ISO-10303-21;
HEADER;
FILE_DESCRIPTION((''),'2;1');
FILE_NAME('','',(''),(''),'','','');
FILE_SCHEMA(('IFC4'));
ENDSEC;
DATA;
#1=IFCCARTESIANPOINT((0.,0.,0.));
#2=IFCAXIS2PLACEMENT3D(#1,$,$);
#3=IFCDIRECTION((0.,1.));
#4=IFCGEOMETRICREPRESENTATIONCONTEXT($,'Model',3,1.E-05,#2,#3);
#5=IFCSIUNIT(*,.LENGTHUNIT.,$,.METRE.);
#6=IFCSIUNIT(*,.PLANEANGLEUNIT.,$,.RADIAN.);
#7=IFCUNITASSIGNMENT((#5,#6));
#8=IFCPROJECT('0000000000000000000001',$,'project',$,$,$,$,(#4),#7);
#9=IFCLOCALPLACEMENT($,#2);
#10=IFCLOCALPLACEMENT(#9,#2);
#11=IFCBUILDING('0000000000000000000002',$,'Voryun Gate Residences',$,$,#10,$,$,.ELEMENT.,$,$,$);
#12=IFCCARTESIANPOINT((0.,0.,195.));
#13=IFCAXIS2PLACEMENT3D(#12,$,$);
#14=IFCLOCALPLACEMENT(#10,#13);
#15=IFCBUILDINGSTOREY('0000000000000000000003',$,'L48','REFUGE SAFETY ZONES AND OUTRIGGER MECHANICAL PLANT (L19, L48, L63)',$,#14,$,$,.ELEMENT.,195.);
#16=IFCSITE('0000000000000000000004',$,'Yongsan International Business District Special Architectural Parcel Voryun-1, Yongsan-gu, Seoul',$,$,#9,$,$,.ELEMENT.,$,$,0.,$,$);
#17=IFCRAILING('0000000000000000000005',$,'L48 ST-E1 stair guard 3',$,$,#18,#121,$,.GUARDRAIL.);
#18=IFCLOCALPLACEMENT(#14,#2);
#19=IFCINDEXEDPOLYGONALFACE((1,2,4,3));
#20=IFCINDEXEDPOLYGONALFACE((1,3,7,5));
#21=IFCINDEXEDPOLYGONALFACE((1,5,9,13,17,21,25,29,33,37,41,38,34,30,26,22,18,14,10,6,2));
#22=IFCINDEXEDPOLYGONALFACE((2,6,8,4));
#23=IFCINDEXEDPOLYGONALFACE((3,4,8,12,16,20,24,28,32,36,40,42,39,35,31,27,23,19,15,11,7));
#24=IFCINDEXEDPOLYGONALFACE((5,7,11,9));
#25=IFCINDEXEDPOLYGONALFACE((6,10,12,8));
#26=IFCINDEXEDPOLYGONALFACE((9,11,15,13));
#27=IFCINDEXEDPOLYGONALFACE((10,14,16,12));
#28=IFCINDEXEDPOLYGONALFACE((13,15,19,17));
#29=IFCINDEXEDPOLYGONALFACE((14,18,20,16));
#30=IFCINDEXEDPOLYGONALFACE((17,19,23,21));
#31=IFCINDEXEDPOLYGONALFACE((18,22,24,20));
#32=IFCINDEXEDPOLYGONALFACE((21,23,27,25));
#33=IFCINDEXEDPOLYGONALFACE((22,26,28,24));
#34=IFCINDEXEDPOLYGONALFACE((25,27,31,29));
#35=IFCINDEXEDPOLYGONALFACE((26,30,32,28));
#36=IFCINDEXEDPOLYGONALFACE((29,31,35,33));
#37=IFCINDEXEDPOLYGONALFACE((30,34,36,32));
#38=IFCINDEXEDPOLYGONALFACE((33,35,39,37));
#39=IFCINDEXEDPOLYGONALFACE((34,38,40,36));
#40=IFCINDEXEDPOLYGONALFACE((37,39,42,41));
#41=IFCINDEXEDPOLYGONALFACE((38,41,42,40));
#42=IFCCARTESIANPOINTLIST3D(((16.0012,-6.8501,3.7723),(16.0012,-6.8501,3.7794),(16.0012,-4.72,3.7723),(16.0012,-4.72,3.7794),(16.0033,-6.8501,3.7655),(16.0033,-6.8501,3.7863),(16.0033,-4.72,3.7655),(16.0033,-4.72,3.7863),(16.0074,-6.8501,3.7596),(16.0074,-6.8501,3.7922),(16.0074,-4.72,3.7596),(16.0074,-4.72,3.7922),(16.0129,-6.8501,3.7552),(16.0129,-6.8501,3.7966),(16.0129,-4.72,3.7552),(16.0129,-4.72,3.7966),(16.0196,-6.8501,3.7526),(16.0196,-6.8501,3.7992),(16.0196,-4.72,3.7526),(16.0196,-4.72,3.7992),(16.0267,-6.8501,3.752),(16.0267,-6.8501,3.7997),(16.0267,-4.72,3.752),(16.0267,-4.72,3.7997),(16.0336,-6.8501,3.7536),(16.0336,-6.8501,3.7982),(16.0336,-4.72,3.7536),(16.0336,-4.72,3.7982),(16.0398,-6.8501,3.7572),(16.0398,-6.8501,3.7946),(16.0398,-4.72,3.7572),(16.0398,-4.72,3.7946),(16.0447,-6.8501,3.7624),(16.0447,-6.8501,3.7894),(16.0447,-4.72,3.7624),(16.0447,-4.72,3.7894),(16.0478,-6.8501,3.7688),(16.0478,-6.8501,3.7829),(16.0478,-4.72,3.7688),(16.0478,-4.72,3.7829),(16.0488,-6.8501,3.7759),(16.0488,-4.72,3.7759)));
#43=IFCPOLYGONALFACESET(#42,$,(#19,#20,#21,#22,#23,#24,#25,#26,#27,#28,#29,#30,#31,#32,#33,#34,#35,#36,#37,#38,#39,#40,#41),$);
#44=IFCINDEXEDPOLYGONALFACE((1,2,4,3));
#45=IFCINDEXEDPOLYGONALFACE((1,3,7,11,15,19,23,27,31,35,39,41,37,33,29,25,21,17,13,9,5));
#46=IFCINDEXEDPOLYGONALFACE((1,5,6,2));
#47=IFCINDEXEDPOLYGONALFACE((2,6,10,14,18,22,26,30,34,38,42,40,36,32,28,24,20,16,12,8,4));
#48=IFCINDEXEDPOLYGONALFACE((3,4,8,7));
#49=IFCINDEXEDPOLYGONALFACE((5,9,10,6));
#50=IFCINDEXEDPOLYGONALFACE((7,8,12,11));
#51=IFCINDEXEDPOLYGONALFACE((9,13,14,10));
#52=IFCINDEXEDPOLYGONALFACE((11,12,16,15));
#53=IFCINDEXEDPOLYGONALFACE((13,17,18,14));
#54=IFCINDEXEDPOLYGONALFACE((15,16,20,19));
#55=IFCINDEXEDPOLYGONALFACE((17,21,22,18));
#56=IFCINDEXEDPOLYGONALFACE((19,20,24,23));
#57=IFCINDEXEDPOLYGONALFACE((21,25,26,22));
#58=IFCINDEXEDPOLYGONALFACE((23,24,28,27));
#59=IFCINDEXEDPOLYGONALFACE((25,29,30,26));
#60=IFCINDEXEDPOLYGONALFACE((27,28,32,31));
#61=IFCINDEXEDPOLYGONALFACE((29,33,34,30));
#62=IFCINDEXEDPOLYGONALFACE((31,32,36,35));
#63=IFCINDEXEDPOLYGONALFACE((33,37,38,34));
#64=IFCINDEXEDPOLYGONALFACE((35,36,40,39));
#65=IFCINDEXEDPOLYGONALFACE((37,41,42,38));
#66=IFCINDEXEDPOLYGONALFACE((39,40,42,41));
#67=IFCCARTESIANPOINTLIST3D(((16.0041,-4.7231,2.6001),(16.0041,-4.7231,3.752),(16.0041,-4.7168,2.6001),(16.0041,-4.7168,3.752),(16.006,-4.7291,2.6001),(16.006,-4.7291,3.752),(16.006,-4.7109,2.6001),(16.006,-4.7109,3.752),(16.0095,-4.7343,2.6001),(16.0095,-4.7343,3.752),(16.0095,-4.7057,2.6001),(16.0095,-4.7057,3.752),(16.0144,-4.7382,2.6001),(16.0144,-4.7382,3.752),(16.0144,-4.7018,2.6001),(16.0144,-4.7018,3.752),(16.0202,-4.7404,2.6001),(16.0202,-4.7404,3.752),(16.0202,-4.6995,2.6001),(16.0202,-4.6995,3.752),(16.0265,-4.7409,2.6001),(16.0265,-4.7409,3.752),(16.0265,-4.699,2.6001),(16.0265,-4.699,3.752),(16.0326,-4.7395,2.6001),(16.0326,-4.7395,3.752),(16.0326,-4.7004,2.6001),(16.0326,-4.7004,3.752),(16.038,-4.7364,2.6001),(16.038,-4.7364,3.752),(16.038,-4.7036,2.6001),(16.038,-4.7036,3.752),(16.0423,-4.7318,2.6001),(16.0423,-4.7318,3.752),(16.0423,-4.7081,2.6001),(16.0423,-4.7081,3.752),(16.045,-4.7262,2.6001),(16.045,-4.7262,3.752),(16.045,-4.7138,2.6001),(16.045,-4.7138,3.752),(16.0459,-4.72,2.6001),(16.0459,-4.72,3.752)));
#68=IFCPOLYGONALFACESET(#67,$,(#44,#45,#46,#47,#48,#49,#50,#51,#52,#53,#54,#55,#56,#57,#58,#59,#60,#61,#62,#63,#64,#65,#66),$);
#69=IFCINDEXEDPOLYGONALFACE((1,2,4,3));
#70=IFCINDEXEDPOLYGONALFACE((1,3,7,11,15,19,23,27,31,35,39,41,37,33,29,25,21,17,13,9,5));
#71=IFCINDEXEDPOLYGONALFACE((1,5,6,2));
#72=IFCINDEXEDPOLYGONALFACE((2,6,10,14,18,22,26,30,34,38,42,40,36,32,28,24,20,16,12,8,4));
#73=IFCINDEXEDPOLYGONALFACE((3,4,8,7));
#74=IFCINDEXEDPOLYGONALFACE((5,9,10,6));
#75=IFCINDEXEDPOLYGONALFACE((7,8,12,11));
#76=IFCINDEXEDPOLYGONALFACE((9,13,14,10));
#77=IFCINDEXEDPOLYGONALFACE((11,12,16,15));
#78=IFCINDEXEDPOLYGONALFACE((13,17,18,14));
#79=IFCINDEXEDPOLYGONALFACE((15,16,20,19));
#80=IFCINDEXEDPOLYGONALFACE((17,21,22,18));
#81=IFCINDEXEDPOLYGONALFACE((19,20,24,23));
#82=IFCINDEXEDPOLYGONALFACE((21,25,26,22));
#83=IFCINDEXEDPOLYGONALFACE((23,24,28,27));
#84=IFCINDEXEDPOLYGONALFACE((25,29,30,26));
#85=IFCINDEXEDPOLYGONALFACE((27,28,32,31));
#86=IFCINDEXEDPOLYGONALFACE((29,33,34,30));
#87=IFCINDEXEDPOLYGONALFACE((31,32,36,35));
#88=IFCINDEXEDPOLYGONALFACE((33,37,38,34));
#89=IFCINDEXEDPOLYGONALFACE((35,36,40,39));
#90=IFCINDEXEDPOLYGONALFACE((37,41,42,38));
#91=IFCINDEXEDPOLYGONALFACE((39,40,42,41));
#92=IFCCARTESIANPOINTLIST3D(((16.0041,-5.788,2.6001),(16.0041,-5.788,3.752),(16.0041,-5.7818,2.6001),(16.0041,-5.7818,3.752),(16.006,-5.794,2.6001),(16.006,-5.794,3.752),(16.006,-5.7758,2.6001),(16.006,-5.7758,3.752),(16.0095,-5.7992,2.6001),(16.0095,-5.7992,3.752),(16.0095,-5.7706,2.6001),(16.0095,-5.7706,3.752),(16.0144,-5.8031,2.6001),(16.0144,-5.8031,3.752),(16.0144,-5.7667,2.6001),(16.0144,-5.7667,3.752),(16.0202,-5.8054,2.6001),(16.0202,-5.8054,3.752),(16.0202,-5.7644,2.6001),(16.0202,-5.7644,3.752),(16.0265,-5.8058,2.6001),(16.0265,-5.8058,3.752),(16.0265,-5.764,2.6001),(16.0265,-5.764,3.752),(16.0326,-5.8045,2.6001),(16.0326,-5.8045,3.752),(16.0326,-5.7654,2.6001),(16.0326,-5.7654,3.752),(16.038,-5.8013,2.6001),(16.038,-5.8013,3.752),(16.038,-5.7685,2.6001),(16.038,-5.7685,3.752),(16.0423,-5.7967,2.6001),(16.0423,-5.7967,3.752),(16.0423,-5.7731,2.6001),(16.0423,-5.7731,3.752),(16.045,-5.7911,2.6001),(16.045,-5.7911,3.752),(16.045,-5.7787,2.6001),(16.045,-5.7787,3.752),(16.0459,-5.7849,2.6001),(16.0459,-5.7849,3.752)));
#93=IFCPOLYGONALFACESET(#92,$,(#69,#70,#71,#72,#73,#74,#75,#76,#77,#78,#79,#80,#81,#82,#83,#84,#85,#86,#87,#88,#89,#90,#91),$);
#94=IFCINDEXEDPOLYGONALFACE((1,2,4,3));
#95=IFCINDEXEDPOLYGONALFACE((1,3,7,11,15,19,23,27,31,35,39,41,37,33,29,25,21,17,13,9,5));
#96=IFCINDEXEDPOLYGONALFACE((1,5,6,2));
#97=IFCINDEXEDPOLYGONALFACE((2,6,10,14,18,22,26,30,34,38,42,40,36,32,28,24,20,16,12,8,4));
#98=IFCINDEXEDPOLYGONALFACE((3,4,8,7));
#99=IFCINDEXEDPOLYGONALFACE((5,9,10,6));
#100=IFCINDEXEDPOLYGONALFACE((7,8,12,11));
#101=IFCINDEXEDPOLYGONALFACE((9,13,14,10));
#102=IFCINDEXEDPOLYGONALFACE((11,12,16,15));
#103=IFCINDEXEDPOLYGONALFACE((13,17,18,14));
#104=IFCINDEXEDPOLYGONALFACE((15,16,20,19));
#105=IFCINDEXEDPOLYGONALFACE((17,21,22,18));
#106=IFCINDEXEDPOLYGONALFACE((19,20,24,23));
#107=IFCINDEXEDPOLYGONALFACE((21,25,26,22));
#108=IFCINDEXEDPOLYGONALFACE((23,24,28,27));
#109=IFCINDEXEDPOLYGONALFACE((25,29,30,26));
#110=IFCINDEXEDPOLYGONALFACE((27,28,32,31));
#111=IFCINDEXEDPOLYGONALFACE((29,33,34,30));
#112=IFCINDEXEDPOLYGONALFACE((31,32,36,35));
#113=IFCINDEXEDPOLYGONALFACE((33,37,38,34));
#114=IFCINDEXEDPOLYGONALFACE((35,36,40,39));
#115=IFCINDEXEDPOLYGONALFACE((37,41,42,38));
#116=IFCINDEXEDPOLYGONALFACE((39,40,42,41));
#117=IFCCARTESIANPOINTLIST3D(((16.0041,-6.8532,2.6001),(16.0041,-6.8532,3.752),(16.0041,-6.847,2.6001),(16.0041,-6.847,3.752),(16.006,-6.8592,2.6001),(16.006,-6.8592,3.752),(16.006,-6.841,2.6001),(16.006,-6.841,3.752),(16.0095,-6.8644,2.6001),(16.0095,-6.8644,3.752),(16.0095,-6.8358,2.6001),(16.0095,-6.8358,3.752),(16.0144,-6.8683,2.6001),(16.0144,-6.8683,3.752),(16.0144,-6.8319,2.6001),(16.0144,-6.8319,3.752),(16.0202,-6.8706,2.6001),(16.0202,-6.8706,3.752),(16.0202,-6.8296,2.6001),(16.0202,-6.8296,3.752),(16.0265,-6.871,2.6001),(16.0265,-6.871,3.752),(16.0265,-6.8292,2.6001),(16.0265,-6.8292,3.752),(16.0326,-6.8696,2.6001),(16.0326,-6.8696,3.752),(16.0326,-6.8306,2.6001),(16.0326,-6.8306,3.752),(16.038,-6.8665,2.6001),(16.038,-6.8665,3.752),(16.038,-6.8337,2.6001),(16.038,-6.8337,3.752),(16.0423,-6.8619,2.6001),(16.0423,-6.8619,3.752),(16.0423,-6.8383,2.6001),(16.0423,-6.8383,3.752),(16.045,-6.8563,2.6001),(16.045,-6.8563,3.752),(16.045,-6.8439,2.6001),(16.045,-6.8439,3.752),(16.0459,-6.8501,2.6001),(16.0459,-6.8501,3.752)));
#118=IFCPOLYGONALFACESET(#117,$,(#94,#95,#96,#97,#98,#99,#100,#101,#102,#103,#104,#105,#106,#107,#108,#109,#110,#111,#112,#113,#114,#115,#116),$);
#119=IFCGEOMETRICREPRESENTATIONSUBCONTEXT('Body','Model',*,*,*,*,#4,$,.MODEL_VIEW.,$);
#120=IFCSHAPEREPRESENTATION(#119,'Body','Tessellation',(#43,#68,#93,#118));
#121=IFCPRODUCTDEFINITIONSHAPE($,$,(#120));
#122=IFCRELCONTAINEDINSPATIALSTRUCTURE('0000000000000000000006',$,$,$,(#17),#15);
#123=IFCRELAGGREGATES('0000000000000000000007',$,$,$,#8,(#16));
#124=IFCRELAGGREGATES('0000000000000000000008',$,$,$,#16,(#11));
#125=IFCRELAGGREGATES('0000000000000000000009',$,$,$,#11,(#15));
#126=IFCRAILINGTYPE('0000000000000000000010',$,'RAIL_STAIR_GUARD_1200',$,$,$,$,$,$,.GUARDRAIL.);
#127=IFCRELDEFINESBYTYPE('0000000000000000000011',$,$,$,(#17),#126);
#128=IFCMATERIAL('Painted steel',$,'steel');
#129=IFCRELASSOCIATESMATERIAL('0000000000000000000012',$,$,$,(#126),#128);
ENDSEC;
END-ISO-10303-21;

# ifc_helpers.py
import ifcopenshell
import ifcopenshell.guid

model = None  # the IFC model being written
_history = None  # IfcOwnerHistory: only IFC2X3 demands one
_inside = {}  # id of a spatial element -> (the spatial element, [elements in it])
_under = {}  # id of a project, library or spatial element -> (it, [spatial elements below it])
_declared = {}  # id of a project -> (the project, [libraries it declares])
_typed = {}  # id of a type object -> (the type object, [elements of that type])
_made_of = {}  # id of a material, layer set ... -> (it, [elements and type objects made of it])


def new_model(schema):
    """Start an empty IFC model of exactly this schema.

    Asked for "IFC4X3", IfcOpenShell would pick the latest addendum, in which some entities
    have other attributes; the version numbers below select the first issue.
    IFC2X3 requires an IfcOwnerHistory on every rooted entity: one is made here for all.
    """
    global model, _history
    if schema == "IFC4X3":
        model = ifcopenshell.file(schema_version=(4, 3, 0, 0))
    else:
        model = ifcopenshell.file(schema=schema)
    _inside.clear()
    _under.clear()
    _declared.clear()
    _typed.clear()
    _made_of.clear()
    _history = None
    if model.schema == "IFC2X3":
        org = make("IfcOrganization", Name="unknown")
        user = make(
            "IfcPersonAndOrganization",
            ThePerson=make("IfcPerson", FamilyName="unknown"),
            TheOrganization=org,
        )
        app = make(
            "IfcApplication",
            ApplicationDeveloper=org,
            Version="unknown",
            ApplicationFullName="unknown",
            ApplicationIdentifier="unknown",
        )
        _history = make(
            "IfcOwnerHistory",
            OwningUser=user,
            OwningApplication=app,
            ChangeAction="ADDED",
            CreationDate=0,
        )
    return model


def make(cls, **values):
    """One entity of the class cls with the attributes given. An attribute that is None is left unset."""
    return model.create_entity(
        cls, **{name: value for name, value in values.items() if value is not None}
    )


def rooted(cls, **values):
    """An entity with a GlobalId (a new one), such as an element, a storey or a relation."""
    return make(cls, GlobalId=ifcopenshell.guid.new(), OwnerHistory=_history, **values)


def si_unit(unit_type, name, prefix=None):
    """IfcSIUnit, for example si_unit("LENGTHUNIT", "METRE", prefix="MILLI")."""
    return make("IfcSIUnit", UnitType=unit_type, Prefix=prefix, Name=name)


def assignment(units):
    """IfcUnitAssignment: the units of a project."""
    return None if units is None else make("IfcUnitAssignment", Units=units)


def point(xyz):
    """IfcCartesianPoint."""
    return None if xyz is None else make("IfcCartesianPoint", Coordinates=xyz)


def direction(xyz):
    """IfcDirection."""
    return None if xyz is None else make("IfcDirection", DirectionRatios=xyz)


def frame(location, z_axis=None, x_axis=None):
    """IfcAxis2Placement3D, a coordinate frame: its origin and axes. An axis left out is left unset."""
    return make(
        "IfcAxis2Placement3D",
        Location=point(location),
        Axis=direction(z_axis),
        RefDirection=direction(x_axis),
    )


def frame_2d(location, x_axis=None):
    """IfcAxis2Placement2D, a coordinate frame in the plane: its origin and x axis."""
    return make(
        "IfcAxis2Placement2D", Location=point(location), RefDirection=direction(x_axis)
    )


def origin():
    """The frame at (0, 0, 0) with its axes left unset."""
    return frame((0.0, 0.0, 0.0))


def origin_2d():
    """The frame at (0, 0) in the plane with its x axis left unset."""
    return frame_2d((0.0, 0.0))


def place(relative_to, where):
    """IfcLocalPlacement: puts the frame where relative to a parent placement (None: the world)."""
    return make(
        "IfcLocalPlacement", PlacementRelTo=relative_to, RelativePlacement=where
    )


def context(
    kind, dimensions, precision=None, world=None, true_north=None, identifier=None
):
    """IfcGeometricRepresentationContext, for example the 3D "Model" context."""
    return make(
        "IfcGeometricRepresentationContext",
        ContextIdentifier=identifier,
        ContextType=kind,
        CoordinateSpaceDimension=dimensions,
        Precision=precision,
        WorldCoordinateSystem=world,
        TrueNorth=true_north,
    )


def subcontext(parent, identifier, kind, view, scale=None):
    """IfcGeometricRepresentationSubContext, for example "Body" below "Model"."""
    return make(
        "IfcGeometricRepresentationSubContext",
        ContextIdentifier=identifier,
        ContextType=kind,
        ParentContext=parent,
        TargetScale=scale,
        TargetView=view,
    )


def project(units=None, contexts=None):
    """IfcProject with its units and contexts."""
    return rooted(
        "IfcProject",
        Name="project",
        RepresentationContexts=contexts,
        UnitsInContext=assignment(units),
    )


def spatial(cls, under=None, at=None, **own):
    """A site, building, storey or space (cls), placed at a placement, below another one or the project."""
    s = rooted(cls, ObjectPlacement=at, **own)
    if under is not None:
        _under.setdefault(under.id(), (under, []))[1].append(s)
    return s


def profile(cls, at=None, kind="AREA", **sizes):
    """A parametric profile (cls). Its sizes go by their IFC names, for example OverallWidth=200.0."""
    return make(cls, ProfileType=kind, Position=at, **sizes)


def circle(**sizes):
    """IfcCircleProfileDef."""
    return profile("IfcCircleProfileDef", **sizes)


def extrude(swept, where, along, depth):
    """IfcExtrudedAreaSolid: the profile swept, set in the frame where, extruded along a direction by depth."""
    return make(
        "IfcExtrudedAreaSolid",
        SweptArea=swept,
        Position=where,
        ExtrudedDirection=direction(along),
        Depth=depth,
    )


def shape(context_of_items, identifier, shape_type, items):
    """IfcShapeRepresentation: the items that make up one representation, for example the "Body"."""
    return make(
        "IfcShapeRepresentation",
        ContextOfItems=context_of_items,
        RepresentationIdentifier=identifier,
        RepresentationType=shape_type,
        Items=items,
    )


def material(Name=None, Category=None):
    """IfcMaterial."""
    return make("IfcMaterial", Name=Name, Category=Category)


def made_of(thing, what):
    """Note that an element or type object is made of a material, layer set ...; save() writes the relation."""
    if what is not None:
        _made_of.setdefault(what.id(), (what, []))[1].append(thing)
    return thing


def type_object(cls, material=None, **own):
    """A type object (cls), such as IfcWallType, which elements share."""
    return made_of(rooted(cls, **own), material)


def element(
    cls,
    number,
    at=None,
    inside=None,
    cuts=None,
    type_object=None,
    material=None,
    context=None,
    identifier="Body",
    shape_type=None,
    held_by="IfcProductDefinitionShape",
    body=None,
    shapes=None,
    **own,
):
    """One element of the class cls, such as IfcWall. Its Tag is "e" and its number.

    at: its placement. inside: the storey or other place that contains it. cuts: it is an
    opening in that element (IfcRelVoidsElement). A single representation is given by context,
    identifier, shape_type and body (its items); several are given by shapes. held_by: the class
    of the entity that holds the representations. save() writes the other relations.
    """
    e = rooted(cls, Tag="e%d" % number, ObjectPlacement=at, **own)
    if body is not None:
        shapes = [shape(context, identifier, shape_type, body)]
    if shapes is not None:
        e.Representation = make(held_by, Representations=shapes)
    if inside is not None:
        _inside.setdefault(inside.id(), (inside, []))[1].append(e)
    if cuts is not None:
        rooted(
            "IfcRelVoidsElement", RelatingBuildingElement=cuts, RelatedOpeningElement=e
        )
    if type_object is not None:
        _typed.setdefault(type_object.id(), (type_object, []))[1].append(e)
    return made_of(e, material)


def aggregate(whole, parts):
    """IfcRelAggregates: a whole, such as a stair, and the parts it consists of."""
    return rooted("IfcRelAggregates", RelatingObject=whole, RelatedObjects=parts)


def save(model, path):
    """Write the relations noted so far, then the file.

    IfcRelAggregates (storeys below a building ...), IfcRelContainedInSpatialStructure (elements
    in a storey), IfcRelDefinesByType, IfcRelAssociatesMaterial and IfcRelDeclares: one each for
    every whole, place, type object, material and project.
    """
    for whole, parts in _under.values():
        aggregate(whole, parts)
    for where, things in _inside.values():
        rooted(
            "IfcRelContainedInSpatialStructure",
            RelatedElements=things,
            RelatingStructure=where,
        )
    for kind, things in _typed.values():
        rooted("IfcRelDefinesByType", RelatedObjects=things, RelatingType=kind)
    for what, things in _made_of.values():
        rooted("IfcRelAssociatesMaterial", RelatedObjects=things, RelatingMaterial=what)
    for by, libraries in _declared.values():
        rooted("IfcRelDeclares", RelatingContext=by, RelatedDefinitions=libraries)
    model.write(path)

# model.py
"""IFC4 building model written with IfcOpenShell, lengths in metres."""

from ifc_helpers import new_model, si_unit, direction, frame, origin, origin_2d, place, context, subcontext, project, spatial, circle, extrude, material, type_object, element, save


model = new_model("IFC4")

# Units and contexts
model_context = context("Model", 3, precision=1e-05, world=origin(), true_north=direction((0.0, 1.0)))
body_context = subcontext(model_context, "Body", "Model", "MODEL_VIEW")
ifc_project = project(units=[si_unit("LENGTHUNIT", "METRE"), si_unit("PLANEANGLEUNIT", "RADIAN")], contexts=[model_context])

# Site, building, storey
site_placement = place(None, origin())
site = spatial("IfcSite", under=ifc_project, at=site_placement, Name="Yongsan International Business District Special Architectural Parcel Voryun-1, Yongsan-gu, Seoul", CompositionType="ELEMENT", RefElevation=0.0)
building_placement = place(site_placement, origin())
building = spatial("IfcBuilding", under=site, at=building_placement, Name="Voryun Gate Residences", CompositionType="ELEMENT")
storey_placement = place(building_placement, frame((0.0, 0.0, 195.0)))
storey = spatial("IfcBuildingStorey", under=building, at=storey_placement, Name="L48", Description="REFUGE SAFETY ZONES AND OUTRIGGER MECHANICAL PLANT (L19, L48, L63)", CompositionType="ELEMENT", Elevation=195.0)

# Railing
ifc_material_1 = material(Name="Painted steel", Category="steel")
railing_type_1 = type_object("IfcRailingType", Name="RAIL_STAIR_GUARD_1200", PredefinedType="GUARDRAIL", material=ifc_material_1)
railing_1_placement = place(storey_placement, frame((16.0249, -4.72, 2.6001)))
element("IfcRailing", 1, at=railing_1_placement, inside=storey, type_object=railing_type_1, Name="L48 ST-E1 stair guard 3", PredefinedType="GUARDRAIL", context=body_context, shape_type="SweptSolid", body=[
    extrude(circle(Radius=0.0239, at=origin_2d()), frame((0.0, 0.0, 1.1758), z_axis=(0.0, -1.0, 0.0), x_axis=(1.0, 0.0, 0.0)), (0.0, 0.0, 1.0), 2.1301),
    extrude(circle(Radius=0.021, at=origin_2d()), origin(), (0.0, 0.0, 1.0), 1.1519),
    extrude(circle(Radius=0.021, at=origin_2d()), frame((0.0, -1.0649, 0.0)), (0.0, 0.0, 1.0), 1.1519),
    extrude(circle(Radius=0.021, at=origin_2d()), frame((0.0, -2.1301, 0.0)), (0.0, 0.0, 1.0), 1.1519),
])

save(model, "model.ifc")
